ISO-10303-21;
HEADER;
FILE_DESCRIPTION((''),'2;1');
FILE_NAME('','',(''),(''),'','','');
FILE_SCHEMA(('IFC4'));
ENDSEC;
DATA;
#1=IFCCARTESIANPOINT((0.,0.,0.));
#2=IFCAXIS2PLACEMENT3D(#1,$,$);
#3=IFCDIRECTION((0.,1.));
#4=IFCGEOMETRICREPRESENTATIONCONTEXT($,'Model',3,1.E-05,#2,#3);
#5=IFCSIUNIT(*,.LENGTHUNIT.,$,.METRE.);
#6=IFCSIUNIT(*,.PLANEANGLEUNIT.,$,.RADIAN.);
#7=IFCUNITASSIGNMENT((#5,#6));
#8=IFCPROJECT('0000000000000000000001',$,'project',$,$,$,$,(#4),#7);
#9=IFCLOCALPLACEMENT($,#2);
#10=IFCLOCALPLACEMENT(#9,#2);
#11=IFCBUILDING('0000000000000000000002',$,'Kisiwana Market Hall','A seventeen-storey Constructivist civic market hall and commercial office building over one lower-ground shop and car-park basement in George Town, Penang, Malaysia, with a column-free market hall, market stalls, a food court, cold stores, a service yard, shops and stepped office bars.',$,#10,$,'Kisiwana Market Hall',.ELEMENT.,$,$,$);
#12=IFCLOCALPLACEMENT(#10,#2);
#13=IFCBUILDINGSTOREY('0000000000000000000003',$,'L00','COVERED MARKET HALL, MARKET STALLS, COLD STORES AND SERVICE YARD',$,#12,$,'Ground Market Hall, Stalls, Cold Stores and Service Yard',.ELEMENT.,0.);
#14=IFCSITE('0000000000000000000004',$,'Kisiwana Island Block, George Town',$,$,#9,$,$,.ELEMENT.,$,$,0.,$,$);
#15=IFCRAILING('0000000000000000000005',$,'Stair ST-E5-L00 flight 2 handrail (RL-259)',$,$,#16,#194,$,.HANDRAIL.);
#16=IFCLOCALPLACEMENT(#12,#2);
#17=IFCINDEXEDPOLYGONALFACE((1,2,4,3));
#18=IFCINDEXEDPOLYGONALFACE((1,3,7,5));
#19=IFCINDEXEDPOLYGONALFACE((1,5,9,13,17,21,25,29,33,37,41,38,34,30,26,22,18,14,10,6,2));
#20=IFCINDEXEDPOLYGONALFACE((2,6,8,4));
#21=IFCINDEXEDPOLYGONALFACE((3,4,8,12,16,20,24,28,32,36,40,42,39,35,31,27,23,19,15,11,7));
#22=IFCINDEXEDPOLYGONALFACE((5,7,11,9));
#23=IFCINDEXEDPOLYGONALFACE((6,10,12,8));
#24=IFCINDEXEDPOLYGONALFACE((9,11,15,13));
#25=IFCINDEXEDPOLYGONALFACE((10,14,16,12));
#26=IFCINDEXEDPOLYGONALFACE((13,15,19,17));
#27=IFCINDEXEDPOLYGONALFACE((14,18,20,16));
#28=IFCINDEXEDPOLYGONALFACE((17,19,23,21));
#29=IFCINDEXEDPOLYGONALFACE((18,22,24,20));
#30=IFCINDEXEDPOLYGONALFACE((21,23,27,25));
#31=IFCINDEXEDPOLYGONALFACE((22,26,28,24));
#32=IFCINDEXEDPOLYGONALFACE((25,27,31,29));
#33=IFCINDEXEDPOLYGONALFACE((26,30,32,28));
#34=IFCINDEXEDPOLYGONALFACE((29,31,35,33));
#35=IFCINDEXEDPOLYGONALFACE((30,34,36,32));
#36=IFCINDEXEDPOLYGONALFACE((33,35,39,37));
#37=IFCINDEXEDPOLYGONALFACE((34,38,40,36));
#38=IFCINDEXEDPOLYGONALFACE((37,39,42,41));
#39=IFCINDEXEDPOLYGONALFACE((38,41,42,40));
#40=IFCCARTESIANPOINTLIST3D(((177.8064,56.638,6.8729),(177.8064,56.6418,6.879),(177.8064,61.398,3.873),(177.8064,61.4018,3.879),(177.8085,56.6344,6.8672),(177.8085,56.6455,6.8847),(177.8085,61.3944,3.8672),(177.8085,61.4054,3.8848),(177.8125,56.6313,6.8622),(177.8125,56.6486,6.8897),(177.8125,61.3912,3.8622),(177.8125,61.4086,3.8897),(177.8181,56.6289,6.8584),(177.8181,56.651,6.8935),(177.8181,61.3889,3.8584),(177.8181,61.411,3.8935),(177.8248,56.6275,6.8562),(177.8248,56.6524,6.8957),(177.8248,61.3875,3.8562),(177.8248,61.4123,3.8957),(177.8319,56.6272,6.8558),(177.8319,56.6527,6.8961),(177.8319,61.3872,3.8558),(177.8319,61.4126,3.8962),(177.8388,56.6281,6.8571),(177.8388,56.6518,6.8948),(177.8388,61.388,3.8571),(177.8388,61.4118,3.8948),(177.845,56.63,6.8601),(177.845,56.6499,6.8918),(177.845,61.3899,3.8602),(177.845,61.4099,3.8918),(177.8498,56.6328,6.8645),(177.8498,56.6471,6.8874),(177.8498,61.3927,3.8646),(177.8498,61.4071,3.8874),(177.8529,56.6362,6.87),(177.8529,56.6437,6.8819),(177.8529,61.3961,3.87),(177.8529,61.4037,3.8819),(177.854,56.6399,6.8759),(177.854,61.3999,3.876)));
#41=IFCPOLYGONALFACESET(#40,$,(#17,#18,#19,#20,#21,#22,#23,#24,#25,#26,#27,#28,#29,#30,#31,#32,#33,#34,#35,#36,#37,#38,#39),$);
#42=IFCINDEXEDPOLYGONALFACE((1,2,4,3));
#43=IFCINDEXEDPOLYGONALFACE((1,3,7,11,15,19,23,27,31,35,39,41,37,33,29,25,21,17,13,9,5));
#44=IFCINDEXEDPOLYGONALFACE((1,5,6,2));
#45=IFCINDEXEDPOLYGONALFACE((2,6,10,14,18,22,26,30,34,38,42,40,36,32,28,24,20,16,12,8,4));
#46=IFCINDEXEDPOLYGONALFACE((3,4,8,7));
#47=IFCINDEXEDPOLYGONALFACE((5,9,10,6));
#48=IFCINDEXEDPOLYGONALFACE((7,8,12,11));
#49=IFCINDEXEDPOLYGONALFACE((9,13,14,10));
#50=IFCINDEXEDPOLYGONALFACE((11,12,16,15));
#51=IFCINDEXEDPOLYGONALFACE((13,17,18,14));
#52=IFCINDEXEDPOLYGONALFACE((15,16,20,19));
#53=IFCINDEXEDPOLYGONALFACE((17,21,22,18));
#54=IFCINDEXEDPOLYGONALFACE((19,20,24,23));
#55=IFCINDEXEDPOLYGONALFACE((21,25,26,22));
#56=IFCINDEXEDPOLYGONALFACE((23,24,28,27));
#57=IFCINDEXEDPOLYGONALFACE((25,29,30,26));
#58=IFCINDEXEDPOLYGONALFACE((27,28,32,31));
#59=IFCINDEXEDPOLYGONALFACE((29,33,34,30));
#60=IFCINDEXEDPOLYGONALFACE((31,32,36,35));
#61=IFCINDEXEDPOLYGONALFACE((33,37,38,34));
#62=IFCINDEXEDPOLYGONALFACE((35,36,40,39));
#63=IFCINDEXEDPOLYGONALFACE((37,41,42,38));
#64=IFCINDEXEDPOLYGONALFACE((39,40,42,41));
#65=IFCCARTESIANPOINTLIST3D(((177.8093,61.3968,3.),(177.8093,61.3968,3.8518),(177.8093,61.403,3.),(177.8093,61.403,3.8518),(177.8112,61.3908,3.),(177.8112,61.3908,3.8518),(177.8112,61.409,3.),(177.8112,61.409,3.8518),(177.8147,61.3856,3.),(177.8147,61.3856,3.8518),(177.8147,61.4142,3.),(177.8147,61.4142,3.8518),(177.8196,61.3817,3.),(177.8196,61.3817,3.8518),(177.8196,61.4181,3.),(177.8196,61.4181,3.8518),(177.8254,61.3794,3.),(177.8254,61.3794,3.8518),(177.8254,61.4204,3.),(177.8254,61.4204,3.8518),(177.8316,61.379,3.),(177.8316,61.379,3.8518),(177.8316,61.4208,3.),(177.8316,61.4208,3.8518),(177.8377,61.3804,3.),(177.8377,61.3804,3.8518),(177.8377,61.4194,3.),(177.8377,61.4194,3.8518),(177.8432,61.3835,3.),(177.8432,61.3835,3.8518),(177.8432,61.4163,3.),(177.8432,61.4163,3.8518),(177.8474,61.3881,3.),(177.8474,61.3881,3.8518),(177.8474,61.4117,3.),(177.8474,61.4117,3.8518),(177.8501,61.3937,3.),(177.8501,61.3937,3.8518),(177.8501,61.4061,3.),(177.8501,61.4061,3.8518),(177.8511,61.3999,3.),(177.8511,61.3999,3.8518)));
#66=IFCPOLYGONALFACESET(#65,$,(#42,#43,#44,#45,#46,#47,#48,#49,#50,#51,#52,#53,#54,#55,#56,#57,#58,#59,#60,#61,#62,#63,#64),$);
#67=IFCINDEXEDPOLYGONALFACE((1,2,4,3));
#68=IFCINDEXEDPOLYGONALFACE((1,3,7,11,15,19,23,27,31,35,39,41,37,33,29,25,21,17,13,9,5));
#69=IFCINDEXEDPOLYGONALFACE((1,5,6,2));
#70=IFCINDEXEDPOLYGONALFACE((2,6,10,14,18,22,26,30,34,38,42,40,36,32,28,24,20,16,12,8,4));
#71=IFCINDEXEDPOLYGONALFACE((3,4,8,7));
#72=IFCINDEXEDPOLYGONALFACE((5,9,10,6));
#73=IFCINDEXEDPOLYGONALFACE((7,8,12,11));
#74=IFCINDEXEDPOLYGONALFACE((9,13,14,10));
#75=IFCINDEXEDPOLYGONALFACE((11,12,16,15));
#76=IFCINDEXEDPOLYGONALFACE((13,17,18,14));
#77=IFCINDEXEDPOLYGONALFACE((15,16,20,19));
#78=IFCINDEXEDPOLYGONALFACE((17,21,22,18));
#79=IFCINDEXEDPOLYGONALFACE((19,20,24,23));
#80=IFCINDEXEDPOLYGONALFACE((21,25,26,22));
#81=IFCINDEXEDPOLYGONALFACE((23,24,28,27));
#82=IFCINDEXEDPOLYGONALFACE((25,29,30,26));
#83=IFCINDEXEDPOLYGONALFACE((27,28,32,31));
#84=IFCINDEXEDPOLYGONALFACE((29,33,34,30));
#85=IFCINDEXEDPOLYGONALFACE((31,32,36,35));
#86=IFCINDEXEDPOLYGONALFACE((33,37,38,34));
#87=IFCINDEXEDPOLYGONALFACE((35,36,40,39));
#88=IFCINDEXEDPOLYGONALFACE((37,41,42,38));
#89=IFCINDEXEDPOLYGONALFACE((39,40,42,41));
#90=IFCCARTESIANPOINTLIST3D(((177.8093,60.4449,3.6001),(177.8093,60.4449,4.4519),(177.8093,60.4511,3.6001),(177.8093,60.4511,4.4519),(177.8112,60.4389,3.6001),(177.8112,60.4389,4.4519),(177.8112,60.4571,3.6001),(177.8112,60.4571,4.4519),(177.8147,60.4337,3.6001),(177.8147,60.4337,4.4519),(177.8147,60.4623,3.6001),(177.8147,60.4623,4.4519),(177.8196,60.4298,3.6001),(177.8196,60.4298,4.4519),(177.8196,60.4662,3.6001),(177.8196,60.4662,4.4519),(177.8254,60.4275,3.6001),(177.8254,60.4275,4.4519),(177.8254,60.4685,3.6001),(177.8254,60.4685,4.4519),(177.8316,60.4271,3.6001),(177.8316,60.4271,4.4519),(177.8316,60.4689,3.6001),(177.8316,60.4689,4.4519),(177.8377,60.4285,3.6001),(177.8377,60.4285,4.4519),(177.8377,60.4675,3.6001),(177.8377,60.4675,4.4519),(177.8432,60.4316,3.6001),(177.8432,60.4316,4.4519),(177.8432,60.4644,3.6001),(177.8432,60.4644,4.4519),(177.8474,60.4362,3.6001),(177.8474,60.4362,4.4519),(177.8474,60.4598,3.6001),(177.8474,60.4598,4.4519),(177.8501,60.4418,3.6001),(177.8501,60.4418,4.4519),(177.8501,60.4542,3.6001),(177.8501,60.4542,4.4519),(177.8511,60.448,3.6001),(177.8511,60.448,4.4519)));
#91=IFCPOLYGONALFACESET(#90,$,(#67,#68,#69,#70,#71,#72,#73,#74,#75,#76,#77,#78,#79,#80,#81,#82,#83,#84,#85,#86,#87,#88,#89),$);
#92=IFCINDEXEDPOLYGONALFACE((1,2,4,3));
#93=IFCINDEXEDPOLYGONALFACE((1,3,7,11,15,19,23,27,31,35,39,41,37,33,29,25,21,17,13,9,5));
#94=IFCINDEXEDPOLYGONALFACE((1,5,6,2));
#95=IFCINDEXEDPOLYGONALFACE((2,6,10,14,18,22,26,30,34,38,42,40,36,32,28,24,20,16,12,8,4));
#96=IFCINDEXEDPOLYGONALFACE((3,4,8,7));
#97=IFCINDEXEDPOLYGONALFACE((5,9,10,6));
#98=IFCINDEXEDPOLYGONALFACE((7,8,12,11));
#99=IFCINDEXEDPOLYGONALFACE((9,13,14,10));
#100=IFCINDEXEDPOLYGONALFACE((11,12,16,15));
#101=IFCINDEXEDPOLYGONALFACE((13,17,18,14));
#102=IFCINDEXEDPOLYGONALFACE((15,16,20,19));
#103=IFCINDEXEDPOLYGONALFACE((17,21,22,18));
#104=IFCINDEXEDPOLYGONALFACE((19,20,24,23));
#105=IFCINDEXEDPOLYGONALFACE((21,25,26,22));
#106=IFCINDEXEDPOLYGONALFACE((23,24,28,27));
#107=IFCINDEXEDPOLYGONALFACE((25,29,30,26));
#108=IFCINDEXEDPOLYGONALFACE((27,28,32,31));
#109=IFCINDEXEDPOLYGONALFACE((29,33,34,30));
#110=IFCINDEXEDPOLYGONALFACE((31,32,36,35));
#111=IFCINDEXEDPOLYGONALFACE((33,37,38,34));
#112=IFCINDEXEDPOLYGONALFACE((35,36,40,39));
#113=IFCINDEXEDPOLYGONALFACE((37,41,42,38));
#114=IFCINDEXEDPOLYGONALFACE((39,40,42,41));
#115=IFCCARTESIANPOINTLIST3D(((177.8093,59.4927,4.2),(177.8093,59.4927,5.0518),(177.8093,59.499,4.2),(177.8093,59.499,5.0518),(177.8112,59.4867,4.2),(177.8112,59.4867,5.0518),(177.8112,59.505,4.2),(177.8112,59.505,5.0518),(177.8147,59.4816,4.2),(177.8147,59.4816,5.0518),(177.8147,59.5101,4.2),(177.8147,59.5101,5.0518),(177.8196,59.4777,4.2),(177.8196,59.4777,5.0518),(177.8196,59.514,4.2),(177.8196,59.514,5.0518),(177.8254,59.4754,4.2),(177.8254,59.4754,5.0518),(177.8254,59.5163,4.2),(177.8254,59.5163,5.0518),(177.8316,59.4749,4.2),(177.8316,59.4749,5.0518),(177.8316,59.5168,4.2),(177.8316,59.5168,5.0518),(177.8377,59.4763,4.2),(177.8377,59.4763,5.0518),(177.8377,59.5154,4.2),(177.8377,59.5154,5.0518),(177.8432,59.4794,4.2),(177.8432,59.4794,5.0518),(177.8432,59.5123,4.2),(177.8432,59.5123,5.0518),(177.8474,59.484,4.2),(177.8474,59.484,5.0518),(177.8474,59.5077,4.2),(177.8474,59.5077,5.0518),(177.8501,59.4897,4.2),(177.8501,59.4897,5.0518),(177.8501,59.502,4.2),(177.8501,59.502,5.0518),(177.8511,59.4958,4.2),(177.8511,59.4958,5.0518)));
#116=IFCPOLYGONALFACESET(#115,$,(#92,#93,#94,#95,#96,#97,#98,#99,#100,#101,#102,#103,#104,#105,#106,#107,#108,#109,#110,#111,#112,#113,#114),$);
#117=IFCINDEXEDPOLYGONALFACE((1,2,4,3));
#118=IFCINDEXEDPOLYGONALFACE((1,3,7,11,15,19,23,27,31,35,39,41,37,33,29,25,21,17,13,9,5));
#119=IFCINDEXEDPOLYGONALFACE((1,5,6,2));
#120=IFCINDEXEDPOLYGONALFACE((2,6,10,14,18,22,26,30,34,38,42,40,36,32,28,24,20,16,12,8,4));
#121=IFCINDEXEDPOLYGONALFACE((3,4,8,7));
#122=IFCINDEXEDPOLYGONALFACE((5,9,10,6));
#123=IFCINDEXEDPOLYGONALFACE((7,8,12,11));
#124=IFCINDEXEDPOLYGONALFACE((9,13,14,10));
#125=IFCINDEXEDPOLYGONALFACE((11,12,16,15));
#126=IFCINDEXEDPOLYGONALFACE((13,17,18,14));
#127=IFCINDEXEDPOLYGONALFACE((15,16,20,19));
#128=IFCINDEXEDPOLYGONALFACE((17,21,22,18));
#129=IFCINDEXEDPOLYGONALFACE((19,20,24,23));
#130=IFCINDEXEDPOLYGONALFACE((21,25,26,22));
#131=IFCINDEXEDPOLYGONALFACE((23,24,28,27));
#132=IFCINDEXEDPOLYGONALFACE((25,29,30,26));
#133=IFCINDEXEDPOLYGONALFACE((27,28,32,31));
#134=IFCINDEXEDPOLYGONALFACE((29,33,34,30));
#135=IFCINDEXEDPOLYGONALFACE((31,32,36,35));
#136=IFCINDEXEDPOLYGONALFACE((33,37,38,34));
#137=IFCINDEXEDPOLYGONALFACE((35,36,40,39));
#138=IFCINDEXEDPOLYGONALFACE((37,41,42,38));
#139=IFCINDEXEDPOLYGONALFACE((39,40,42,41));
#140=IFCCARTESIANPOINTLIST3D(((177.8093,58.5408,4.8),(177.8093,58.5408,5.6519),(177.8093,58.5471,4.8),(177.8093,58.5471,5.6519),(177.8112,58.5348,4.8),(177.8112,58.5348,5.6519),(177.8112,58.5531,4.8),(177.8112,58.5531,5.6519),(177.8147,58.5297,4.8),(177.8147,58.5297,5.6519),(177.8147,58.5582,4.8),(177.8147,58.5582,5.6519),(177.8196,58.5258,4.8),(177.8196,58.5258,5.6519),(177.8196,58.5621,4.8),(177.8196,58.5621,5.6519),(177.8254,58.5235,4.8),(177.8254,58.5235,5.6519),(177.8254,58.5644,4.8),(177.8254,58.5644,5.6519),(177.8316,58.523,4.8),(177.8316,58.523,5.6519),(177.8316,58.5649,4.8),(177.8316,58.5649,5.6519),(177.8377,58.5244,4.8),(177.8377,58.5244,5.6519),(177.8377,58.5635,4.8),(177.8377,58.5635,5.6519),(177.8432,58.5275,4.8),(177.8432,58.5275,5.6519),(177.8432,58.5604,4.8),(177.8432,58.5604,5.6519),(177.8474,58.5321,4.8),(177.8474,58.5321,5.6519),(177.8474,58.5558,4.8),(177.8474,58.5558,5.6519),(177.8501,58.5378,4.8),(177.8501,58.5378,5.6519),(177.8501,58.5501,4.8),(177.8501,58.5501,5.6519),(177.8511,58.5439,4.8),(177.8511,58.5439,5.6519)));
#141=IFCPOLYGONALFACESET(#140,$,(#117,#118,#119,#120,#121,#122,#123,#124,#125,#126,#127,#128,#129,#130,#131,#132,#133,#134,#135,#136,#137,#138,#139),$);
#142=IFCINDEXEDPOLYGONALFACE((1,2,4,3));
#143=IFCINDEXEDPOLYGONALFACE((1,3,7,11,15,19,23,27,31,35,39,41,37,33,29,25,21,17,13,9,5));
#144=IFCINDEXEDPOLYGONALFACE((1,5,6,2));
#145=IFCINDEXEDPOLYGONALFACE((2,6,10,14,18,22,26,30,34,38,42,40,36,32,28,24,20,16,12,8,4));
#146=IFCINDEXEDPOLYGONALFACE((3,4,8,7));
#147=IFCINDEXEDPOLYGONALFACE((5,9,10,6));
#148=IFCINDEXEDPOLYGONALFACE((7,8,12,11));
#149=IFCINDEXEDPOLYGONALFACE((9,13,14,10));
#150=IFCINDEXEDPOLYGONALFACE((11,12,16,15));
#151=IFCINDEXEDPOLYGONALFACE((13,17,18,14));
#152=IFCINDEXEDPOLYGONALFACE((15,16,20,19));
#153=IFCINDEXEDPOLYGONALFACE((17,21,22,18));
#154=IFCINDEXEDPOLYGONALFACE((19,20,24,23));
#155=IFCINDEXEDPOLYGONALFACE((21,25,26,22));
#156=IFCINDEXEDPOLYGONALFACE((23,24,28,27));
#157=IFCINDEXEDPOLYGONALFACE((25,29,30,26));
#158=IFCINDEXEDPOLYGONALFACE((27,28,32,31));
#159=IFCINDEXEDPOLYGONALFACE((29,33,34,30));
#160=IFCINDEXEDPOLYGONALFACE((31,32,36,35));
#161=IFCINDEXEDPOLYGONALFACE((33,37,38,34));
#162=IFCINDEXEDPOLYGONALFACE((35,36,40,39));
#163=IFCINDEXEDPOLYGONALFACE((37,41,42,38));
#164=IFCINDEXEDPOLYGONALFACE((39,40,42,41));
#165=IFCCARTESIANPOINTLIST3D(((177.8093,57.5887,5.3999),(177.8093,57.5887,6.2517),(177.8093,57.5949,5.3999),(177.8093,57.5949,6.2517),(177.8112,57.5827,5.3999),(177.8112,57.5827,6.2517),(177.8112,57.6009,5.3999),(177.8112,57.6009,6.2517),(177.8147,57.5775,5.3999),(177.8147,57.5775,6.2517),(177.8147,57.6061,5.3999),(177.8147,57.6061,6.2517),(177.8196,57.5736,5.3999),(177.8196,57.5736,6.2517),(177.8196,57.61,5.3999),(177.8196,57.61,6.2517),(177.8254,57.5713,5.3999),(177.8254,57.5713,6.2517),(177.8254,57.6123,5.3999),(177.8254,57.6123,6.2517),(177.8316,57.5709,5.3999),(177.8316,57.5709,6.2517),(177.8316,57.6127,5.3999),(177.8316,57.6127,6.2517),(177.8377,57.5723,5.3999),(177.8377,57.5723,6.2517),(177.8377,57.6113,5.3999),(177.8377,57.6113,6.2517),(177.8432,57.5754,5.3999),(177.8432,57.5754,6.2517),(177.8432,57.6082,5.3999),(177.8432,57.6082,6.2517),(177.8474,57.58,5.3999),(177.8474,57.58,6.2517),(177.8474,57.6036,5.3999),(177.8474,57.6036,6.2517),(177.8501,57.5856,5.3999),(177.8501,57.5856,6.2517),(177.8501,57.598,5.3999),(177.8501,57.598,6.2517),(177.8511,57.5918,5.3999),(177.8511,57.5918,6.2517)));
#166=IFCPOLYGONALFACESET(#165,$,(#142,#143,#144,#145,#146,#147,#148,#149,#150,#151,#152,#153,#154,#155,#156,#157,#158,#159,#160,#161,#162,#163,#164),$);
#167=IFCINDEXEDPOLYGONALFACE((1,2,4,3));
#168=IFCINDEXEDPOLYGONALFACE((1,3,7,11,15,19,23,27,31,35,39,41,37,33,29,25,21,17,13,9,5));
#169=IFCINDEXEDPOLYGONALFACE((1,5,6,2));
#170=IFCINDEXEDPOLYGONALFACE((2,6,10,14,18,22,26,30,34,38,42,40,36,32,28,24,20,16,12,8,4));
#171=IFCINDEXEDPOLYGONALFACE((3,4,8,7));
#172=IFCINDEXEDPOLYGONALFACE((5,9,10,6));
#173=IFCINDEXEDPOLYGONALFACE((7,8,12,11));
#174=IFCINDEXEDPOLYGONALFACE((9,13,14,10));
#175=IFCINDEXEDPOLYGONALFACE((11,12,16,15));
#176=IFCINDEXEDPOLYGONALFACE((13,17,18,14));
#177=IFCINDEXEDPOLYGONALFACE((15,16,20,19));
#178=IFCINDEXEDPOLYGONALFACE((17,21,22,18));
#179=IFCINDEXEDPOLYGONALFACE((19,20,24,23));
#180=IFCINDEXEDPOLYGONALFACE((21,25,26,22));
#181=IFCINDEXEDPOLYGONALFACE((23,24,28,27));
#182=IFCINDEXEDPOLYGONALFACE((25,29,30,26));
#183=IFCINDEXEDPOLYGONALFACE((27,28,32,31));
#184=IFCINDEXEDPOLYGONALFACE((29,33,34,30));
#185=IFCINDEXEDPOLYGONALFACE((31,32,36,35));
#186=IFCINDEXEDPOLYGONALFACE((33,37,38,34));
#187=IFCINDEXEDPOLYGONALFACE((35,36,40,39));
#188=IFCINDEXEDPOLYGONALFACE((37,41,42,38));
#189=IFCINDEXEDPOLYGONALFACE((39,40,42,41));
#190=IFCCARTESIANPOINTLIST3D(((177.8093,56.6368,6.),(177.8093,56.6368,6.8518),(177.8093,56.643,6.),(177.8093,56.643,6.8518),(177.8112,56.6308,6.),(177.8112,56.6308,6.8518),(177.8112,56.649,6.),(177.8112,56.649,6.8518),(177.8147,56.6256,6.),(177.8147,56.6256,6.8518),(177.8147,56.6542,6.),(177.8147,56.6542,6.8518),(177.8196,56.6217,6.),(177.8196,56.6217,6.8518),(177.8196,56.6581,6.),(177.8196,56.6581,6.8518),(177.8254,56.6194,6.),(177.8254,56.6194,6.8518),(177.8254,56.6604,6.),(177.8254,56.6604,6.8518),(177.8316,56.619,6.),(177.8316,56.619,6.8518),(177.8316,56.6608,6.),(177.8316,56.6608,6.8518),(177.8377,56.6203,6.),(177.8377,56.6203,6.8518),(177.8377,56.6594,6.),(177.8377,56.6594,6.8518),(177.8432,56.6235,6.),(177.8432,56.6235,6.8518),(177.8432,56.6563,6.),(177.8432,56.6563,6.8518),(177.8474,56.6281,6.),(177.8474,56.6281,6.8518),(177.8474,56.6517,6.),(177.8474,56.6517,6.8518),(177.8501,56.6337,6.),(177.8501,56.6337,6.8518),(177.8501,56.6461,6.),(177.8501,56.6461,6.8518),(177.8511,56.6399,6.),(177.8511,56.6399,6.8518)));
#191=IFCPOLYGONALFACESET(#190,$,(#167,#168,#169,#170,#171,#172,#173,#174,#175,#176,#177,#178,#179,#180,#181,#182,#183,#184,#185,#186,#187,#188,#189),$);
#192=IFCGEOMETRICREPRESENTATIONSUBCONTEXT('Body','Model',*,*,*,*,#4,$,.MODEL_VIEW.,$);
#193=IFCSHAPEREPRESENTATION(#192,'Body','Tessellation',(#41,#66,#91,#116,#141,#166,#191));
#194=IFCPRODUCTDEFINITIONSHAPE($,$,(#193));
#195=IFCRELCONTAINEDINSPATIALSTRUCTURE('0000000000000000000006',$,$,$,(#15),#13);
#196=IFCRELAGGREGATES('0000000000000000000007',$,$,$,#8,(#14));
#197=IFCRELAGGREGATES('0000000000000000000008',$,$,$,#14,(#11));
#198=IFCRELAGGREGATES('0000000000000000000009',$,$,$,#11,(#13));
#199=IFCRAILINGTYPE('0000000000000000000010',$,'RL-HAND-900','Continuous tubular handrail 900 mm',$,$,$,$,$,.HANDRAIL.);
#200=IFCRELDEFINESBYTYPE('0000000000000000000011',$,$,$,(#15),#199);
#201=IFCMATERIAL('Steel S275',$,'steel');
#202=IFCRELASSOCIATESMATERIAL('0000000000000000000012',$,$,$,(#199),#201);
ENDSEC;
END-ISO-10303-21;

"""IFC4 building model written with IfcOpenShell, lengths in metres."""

from ifc_helpers import new_model, si_unit, direction, frame, origin, origin_2d, place, context, subcontext, project, spatial, circle, extrude, material, type_object, element, save


model = new_model("IFC4")

# Units and contexts
model_context = context("Model", 3, precision=1e-05, world=origin(), true_north=direction((0.0, 1.0)))
body_context = subcontext(model_context, "Body", "Model", "MODEL_VIEW")
ifc_project = project(units=[si_unit("LENGTHUNIT", "METRE"), si_unit("PLANEANGLEUNIT", "RADIAN")], contexts=[model_context])

# Site, building, storey
site_placement = place(None, origin())
site = spatial("IfcSite", under=ifc_project, at=site_placement, Name="Kisiwana Island Block, George Town", CompositionType="ELEMENT", RefElevation=0.0)
building_placement = place(site_placement, origin())
building = spatial("IfcBuilding", under=site, at=building_placement, Name="Kisiwana Market Hall", Description="A seventeen-storey Constructivist civic market hall and commercial office building over one lower-ground shop and car-park basement in George Town, Penang, Malaysia, with a column-free market hall, market stalls, a food court, cold stores, a service yard, shops and stepped office bars.", LongName="Kisiwana Market Hall", CompositionType="ELEMENT")
storey_placement = place(building_placement, origin())
storey = spatial("IfcBuildingStorey", under=building, at=storey_placement, Name="L00", Description="COVERED MARKET HALL, MARKET STALLS, COLD STORES AND SERVICE YARD", LongName="Ground Market Hall, Stalls, Cold Stores and Service Yard", CompositionType="ELEMENT", Elevation=0.0)

# Railing
ifc_material_1 = material(Name="Steel S275", Category="steel")
railing_type_1 = type_object("IfcRailingType", Name="RL-HAND-900", Description="Continuous tubular handrail 900 mm", PredefinedType="HANDRAIL", material=ifc_material_1)
for number, where, name in (
    (1, (177.8301, 61.3999, 3.0), "Stair ST-E5-L00 flight 2 handrail (RL-259)"),
):
    element("IfcRailing", number, at=place(storey_placement, frame(where)), inside=storey, type_object=railing_type_1, Name=name, PredefinedType="HANDRAIL", context=body_context, shape_type="SweptSolid", body=[
        extrude(circle(Radius=0.0239, at=origin_2d()), frame((0.0, 0.0, 0.876), z_axis=(0.0, -0.845996, 0.53319), x_axis=(1.0, 0.0, 0.0)), (0.0, 0.0, 1.0), 5.6265),
        extrude(circle(Radius=0.021, at=origin_2d()), origin(), (0.0, 0.0, 1.0), 0.8518),
        extrude(circle(Radius=0.021, at=origin_2d()), frame((0.0, -0.9519, 0.6001)), (0.0, 0.0, 1.0), 0.8518),
        extrude(circle(Radius=0.021, at=origin_2d()), frame((0.0, -1.9041, 1.2)), (0.0, 0.0, 1.0), 0.8518),
        extrude(circle(Radius=0.021, at=origin_2d()), frame((0.0, -2.856, 1.8)), (0.0, 0.0, 1.0), 0.8518),
        extrude(circle(Radius=0.021, at=origin_2d()), frame((0.0, -3.8081, 2.3999)), (0.0, 0.0, 1.0), 0.8518),
        extrude(circle(Radius=0.021, at=origin_2d()), frame((0.0, -4.76, 3.0)), (0.0, 0.0, 1.0), 0.8518),
    ])

save(model, "model.ifc")
